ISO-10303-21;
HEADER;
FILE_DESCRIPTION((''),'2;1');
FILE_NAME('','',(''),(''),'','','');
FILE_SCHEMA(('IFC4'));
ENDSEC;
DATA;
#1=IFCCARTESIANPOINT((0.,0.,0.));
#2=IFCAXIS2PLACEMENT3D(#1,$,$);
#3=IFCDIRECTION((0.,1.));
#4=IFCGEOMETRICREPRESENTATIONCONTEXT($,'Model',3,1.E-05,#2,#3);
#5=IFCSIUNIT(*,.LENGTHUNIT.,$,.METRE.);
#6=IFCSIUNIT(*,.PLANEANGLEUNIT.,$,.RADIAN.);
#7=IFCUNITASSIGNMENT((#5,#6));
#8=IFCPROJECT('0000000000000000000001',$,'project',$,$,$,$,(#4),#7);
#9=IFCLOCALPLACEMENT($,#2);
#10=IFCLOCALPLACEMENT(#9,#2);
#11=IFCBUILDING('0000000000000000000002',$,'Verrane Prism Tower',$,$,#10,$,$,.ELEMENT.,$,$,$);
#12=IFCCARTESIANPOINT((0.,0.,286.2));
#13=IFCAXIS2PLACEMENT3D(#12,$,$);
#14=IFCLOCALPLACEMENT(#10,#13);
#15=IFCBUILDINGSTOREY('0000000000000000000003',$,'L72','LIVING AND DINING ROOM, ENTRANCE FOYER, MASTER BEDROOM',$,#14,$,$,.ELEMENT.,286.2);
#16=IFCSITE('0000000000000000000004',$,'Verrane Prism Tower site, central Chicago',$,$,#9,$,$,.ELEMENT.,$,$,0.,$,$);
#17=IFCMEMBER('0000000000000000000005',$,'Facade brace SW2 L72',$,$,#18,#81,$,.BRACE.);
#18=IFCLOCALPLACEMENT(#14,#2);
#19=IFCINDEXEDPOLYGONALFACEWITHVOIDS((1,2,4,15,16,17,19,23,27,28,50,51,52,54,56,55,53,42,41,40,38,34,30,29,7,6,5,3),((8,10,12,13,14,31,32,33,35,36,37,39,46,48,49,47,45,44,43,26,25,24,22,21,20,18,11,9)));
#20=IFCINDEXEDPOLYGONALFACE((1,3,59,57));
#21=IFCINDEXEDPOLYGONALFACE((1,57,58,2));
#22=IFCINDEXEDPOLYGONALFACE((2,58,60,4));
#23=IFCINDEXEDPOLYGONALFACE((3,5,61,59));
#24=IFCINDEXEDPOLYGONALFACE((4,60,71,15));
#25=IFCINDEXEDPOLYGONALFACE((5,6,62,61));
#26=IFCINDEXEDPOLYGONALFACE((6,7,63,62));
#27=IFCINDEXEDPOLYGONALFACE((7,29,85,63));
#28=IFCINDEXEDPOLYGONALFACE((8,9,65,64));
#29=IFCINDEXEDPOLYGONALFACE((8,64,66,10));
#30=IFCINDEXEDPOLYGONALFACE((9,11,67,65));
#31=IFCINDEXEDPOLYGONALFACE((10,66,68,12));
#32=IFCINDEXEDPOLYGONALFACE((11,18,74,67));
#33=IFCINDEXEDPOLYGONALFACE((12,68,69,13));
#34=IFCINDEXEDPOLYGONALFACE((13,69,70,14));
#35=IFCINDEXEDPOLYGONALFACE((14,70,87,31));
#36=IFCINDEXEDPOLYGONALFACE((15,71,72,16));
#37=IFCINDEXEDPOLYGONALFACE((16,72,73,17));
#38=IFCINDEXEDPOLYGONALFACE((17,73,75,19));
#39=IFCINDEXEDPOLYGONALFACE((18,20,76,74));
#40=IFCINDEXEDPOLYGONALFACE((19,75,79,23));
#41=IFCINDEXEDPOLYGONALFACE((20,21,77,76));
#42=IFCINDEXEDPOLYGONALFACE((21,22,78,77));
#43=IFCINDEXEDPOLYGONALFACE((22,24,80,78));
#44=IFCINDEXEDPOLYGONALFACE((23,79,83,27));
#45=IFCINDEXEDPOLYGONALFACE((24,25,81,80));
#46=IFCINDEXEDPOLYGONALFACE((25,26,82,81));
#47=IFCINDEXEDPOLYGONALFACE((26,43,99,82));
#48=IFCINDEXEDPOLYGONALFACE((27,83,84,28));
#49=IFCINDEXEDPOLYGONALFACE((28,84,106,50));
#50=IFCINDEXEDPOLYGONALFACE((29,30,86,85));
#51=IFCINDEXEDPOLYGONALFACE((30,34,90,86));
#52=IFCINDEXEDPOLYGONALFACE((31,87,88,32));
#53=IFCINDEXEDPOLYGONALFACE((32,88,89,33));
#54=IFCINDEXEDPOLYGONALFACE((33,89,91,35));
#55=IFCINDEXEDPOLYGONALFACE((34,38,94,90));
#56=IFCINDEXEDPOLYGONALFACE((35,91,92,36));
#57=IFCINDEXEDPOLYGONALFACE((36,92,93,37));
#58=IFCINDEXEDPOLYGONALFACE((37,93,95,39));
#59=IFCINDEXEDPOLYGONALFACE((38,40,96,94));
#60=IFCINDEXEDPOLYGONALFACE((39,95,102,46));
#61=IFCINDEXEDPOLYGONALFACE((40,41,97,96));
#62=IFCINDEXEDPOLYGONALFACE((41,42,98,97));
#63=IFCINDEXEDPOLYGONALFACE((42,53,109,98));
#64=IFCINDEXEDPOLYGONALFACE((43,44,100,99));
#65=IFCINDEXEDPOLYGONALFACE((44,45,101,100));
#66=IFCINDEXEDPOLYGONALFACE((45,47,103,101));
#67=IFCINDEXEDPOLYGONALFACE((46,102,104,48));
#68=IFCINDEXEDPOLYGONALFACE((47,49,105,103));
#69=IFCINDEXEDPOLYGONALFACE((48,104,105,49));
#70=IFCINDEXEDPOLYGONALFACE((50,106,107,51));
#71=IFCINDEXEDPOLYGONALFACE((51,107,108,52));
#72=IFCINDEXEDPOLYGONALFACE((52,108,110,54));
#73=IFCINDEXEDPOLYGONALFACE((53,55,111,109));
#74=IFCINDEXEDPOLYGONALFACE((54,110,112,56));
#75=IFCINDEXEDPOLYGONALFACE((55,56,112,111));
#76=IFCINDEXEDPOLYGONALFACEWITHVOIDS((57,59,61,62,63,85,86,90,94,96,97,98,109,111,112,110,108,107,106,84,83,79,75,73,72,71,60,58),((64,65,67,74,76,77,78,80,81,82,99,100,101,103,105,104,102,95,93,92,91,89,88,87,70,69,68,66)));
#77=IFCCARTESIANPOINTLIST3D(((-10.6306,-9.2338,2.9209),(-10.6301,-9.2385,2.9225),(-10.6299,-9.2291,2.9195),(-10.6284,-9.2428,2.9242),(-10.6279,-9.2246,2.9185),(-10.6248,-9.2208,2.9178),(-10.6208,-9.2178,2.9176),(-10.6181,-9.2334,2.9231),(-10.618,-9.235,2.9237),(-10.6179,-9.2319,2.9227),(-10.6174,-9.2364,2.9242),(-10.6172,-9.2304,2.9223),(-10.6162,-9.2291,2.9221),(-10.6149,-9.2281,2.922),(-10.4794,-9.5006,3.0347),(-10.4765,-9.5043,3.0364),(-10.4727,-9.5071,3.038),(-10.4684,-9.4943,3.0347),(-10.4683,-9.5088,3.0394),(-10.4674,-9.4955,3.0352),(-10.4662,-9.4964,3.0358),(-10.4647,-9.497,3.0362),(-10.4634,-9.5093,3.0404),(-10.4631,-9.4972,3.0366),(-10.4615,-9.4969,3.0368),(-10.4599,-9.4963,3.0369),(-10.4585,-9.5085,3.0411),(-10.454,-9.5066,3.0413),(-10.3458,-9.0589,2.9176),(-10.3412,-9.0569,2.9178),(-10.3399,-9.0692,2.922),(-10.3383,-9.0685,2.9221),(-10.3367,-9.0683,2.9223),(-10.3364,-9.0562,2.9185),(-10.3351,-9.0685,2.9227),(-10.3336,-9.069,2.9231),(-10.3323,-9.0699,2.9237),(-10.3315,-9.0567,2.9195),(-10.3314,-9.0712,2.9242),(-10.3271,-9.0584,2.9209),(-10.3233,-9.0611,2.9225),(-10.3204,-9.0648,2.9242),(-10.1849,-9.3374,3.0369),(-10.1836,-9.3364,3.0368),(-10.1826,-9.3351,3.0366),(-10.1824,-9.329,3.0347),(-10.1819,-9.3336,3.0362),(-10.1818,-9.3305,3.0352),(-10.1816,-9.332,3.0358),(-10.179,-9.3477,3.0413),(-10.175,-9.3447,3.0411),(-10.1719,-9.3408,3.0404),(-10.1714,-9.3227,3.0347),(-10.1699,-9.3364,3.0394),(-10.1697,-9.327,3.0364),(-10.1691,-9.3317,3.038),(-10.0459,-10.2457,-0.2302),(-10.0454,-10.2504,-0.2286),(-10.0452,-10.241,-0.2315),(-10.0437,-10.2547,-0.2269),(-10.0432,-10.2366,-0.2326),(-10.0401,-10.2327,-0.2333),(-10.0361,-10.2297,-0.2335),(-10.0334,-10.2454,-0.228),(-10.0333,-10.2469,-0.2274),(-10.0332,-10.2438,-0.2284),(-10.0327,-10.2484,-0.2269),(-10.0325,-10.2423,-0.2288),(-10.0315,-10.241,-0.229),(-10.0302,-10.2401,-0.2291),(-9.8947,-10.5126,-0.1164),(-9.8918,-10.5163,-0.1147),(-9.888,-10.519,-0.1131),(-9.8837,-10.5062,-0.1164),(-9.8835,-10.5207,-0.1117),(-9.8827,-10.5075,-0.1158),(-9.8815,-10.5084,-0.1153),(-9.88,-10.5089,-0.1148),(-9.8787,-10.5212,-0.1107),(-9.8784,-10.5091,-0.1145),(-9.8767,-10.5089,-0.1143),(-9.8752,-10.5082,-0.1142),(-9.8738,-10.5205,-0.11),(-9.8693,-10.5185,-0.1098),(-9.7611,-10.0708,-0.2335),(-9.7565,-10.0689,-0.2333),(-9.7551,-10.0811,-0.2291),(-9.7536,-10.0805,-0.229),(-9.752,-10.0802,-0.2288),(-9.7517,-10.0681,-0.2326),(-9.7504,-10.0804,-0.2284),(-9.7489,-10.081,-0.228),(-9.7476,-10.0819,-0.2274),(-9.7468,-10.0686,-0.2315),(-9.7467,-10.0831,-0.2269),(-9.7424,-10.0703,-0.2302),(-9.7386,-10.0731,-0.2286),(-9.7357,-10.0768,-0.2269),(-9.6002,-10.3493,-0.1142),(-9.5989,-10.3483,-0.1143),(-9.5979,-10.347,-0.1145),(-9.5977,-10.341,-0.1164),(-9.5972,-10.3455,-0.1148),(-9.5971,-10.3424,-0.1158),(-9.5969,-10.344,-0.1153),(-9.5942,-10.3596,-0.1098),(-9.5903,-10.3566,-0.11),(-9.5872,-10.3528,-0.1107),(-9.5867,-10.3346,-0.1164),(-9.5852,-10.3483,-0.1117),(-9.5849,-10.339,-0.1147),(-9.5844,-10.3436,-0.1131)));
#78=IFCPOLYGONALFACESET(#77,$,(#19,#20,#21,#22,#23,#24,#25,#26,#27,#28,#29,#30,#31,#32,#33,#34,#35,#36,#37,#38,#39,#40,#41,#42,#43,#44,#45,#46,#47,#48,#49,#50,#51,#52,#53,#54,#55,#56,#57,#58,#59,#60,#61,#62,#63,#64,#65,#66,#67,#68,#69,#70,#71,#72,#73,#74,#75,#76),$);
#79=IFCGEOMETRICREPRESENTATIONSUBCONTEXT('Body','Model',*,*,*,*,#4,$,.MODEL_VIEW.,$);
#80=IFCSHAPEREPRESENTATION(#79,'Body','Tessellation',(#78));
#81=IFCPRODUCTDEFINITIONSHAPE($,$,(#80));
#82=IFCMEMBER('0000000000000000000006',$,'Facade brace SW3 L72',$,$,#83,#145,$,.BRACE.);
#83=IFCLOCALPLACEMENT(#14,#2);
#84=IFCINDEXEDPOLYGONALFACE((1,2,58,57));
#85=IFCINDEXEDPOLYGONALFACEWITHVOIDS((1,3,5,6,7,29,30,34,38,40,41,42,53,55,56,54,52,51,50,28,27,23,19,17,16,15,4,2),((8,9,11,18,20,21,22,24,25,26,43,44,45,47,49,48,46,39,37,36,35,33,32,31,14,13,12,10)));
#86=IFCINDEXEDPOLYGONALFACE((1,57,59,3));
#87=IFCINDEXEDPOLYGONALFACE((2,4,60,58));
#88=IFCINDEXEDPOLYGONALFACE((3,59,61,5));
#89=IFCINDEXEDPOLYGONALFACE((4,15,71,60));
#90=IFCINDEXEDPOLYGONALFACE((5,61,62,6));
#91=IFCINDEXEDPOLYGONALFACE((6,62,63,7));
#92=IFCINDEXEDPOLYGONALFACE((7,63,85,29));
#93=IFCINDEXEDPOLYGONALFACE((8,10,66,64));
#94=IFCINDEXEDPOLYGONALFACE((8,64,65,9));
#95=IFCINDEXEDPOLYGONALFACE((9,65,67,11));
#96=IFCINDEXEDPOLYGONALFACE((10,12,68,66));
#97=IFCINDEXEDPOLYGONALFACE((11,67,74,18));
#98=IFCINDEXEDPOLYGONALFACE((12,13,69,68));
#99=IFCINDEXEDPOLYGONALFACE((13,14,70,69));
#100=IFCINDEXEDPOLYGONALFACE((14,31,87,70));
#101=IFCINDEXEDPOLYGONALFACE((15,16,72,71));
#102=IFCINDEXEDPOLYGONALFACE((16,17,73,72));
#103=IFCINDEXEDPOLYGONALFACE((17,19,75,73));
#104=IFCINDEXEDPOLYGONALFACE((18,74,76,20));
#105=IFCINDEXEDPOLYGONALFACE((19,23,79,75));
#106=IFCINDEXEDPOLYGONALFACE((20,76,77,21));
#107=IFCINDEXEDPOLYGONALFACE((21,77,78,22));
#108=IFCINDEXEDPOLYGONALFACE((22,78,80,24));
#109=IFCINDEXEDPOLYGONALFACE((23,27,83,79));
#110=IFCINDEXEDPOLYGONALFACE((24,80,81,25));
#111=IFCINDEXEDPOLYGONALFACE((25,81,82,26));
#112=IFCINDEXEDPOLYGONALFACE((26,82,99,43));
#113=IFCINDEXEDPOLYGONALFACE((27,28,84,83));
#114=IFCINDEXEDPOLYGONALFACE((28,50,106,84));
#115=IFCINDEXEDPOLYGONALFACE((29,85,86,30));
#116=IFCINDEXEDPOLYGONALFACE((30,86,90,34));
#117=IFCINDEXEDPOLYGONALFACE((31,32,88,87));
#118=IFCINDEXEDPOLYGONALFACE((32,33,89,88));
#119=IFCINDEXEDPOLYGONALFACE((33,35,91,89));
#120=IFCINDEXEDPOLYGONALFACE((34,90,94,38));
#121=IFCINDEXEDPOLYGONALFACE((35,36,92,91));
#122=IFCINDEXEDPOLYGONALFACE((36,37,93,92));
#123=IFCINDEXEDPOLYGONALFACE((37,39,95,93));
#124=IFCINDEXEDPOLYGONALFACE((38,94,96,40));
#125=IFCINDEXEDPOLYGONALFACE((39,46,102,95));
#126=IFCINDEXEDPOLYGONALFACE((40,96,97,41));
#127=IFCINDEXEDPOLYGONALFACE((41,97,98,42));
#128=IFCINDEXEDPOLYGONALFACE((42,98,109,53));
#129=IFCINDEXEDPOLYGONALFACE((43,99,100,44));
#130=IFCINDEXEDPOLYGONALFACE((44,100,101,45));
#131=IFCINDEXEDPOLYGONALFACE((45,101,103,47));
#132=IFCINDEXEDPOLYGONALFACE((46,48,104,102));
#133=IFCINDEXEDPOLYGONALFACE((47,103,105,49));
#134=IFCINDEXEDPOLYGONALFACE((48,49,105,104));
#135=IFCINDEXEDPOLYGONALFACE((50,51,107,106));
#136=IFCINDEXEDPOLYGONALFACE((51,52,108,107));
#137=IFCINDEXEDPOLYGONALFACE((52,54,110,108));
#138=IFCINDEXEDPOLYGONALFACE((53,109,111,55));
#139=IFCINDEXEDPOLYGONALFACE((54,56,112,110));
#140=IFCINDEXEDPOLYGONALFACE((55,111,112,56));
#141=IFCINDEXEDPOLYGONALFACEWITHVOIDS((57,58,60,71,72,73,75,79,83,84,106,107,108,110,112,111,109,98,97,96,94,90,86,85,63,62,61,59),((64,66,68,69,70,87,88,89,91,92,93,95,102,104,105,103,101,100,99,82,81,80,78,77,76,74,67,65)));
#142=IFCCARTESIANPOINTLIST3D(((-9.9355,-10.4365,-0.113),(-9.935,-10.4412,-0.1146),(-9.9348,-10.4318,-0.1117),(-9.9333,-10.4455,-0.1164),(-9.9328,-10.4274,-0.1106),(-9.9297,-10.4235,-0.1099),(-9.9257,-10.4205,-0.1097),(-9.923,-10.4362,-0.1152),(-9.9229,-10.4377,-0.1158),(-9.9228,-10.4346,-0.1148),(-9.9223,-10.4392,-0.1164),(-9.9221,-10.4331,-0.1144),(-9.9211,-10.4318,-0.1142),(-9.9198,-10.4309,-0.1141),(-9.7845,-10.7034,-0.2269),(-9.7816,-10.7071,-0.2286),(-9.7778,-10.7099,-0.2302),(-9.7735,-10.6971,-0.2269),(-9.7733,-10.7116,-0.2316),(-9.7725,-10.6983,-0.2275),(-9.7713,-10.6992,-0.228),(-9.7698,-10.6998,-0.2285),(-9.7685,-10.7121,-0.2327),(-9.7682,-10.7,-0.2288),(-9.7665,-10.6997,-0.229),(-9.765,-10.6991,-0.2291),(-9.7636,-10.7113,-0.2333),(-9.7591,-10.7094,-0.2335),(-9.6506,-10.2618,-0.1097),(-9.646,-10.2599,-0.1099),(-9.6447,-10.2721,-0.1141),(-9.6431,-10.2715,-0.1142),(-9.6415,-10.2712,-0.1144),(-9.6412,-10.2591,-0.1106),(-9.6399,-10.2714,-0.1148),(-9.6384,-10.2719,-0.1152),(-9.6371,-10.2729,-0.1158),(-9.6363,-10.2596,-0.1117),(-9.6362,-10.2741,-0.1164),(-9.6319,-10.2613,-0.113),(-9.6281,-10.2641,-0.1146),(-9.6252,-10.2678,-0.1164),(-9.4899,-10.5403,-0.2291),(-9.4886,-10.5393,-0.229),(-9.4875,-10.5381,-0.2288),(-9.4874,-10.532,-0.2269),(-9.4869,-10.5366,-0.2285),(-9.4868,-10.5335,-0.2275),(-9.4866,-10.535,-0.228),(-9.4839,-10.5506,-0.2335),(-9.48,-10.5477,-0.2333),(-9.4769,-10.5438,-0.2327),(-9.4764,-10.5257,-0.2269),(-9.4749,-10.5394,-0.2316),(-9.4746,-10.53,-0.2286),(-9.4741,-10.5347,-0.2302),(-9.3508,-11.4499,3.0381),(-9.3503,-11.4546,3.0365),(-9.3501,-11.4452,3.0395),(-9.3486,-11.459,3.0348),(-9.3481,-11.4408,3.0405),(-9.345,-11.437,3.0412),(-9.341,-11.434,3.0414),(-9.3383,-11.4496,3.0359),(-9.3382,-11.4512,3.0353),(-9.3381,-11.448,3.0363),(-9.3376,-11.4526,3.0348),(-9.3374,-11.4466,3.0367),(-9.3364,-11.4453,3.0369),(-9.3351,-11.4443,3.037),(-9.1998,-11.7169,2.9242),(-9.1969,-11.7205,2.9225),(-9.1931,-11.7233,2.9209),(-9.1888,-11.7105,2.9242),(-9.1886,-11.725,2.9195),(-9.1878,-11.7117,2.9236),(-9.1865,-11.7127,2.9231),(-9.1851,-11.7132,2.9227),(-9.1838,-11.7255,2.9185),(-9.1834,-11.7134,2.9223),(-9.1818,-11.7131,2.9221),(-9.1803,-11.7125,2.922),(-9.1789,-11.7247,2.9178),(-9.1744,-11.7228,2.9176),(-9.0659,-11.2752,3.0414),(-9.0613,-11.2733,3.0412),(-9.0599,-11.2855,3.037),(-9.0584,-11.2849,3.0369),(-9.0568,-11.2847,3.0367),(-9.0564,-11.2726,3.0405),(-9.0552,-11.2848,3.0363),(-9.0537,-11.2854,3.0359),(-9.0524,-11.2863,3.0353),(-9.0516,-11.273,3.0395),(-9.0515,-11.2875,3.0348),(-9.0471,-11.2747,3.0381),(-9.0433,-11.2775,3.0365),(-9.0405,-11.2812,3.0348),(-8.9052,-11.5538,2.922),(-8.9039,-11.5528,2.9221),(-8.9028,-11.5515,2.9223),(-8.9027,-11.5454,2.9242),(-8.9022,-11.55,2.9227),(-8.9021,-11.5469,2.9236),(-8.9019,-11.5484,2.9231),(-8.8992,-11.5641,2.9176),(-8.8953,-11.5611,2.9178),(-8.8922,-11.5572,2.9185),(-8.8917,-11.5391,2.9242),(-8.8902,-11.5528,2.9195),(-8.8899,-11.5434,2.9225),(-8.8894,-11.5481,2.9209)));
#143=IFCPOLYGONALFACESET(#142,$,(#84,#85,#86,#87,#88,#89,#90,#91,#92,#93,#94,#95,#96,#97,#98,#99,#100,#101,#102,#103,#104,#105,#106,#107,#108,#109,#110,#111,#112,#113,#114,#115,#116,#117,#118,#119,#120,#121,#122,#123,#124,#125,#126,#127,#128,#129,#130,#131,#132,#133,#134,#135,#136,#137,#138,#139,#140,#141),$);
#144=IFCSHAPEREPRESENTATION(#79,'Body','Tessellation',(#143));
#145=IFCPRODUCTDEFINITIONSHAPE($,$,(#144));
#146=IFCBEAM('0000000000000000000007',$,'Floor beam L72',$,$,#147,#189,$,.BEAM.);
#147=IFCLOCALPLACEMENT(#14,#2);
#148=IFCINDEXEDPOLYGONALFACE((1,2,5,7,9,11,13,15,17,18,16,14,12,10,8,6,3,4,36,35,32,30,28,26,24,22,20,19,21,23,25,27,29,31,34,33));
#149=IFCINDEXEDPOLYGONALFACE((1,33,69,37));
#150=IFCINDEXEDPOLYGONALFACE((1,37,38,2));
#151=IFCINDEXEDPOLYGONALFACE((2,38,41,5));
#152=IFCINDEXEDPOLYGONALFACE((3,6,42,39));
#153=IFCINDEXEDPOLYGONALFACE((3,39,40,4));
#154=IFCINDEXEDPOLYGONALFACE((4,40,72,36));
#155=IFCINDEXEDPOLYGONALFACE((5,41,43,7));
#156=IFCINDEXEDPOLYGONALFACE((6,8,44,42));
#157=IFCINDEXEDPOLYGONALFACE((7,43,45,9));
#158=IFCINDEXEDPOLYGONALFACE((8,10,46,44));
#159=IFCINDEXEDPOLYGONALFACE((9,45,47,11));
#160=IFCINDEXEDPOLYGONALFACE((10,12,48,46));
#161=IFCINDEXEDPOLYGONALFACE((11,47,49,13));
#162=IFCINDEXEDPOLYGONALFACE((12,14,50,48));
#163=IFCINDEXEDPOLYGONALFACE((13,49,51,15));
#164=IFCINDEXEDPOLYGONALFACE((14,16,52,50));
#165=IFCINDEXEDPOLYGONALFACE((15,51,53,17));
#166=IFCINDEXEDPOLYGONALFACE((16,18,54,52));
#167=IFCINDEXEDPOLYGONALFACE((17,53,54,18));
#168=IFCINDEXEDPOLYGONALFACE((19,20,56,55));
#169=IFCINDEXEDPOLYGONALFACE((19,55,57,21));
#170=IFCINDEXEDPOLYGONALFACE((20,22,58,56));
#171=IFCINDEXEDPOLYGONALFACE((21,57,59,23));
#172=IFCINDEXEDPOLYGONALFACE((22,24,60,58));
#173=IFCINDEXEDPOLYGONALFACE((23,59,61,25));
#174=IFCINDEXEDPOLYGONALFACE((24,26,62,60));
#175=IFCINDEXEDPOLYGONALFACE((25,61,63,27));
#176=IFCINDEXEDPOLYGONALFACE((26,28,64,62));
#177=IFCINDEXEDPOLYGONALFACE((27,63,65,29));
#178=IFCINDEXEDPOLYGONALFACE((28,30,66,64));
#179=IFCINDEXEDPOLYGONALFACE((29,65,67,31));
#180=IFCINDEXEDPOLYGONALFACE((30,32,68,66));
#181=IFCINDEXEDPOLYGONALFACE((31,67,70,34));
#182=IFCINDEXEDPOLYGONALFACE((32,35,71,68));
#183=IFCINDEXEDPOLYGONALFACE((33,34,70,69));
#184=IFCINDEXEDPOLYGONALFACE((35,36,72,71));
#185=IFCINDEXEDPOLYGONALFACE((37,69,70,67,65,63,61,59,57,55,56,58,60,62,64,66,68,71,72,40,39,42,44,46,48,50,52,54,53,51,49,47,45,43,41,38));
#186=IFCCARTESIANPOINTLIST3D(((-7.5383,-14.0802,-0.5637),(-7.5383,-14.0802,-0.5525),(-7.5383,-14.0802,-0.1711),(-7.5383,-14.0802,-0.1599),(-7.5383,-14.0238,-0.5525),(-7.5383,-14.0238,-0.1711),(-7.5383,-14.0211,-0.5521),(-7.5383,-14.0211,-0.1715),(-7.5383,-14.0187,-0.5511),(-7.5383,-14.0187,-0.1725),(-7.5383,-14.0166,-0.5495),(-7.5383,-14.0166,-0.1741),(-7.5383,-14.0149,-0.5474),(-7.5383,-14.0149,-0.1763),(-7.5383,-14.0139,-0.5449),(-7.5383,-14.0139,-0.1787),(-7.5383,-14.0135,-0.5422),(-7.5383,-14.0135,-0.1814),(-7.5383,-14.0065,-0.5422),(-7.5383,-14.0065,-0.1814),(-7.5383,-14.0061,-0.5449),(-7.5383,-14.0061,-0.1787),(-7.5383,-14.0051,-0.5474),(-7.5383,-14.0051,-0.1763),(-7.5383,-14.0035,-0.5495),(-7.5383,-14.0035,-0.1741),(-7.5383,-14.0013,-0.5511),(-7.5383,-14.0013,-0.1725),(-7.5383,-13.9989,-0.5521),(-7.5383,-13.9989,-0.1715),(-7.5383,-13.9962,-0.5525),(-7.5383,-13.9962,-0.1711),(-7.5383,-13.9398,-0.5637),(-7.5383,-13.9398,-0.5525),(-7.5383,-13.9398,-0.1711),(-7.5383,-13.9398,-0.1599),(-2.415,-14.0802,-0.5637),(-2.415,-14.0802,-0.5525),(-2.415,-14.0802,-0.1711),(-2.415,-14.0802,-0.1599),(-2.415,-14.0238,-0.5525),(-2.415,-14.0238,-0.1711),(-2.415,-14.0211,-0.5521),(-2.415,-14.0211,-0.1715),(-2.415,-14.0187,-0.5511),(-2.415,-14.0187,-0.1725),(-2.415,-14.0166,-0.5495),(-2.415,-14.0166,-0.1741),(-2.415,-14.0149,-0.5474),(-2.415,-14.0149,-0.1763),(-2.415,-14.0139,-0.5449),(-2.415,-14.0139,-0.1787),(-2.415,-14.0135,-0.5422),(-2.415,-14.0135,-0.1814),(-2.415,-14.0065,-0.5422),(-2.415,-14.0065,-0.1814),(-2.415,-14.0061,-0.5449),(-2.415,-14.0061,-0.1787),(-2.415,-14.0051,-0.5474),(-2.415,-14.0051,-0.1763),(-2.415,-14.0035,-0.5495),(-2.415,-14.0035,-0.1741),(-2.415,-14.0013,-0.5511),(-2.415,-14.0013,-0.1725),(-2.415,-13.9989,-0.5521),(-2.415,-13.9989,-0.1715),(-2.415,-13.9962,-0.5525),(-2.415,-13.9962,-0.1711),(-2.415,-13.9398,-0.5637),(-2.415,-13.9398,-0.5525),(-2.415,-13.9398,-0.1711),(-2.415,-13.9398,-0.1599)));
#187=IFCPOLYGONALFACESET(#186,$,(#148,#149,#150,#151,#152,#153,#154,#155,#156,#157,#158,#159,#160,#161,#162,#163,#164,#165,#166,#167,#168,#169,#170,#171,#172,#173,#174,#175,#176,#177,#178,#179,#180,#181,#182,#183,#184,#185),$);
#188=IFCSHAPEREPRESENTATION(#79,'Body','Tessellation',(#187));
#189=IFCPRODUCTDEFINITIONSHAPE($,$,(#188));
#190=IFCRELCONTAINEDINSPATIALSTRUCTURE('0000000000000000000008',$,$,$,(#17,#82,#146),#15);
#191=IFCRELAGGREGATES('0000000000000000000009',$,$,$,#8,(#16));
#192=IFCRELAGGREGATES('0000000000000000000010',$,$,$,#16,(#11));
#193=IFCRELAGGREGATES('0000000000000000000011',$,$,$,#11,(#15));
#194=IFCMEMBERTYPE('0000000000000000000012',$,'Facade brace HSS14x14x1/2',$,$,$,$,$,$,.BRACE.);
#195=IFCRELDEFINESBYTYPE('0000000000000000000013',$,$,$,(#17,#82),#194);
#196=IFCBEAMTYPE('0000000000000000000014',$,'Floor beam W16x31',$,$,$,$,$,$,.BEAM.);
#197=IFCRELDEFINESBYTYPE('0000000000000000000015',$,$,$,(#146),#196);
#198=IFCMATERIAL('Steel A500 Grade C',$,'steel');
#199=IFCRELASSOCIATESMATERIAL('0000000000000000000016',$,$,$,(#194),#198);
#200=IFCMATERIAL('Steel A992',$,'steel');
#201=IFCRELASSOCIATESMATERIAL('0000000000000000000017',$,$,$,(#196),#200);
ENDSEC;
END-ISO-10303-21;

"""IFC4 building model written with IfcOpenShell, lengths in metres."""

from ifc_helpers import new_model, si_unit, direction, frame, origin, origin_2d, place, context, subcontext, project, spatial, hollow_rectangle, i_section, extrude, material, material_profile, profile_set, type_object, element, save


model = new_model("IFC4")

# Units and contexts
model_context = context("Model", 3, precision=1e-05, world=origin(), true_north=direction((0.0, 1.0)))
body_context = subcontext(model_context, "Body", "Model", "MODEL_VIEW")
ifc_project = project(units=[si_unit("LENGTHUNIT", "METRE"), si_unit("PLANEANGLEUNIT", "RADIAN")], contexts=[model_context])

# Site, building, storey
site_placement = place(None, origin())
site = spatial("IfcSite", under=ifc_project, at=site_placement, Name="Verrane Prism Tower site, central Chicago", CompositionType="ELEMENT", RefElevation=0.0)
building_placement = place(site_placement, origin())
building = spatial("IfcBuilding", under=site, at=building_placement, Name="Verrane Prism Tower", CompositionType="ELEMENT")
storey_placement = place(building_placement, frame((0.0, 0.0, 286.2)))
storey = spatial("IfcBuildingStorey", under=building, at=storey_placement, Name="L72", Description="LIVING AND DINING ROOM, ENTRANCE FOYER, MASTER BEDROOM", CompositionType="ELEMENT", Elevation=286.2)

# Members
ifc_material_1 = material(Name="Steel A500 Grade C", Category="steel")
ifc_material_profile_1 = material_profile(ifc_material_1, hollow_rectangle(XDim=0.3557, YDim=0.3557, WallThickness=0.0127, InnerFilletRadius=0.0063, OuterFilletRadius=0.019, at=origin_2d()), Name="HSS14x14x1/2")
ifc_profile_set_1 = profile_set([ifc_material_profile_1], Name="Steel A500 Grade C")
member_type_1 = type_object("IfcMemberType", Name="Facade brace HSS14x14x1/2", PredefinedType="BRACE", material=ifc_profile_set_1)
member_1_placement = place(storey_placement, frame((-9.8152, -10.2947, -0.1716), z_axis=(-0.173977, 0.3011, 0.937588), x_axis=(-0.865855, -0.500295, 0.0)))
element("IfcMember", 1, at=member_1_placement, inside=storey, type_object=member_type_1, Name="Facade brace SW2 L72", PredefinedType="BRACE", context=body_context, shape_type="SweptSolid", body=[
    extrude(hollow_rectangle(XDim=0.3557, YDim=0.3557, WallThickness=0.0127, InnerFilletRadius=0.0063, OuterFilletRadius=0.019, at=origin_2d()), origin(), (0.0, 0.0, 1.0), 3.3608),
])
member_2_placement = place(storey_placement, frame((-9.7048, -10.4856, -0.1716), z_axis=(0.173954, -0.301497, 0.937465), x_axis=(0.866168, 0.499753, 0.0)))
element("IfcMember", 2, at=member_2_placement, inside=storey, type_object=member_type_1, Name="Facade brace SW3 L72", PredefinedType="BRACE", context=body_context, shape_type="SweptSolid", body=[
    extrude(hollow_rectangle(XDim=0.3557, YDim=0.3557, WallThickness=0.0127, InnerFilletRadius=0.0063, OuterFilletRadius=0.019, at=origin_2d()), origin(), (0.0, 0.0, 1.0), 3.3613),
])

# Beam
ifc_material_2 = material(Name="Steel A992", Category="steel")
ifc_material_profile_2 = material_profile(ifc_material_2, i_section(OverallWidth=0.1404, OverallDepth=0.4038, WebThickness=0.0071, FlangeThickness=0.0112, FilletRadius=0.0103, at=origin_2d()), Name="W16x31")
ifc_profile_set_2 = profile_set([ifc_material_profile_2], Name="Steel A992")
beam_type_1 = type_object("IfcBeamType", Name="Floor beam W16x31", PredefinedType="BEAM", material=ifc_profile_set_2)
beam_1_placement = place(storey_placement, frame((-7.5383, -14.01, -0.3618), z_axis=(1.0, 0.0, 0.0), x_axis=(0.0, 1.0, 0.0)))
element("IfcBeam", 3, at=beam_1_placement, inside=storey, type_object=beam_type_1, Name="Floor beam L72", PredefinedType="BEAM", context=body_context, shape_type="SweptSolid", body=[
    extrude(i_section(OverallWidth=0.1404, OverallDepth=0.4038, WebThickness=0.0071, FlangeThickness=0.0112, FilletRadius=0.0103, at=origin_2d()), origin(), (0.0, 0.0, 1.0), 5.1233),
])

save(model, "model.ifc")
